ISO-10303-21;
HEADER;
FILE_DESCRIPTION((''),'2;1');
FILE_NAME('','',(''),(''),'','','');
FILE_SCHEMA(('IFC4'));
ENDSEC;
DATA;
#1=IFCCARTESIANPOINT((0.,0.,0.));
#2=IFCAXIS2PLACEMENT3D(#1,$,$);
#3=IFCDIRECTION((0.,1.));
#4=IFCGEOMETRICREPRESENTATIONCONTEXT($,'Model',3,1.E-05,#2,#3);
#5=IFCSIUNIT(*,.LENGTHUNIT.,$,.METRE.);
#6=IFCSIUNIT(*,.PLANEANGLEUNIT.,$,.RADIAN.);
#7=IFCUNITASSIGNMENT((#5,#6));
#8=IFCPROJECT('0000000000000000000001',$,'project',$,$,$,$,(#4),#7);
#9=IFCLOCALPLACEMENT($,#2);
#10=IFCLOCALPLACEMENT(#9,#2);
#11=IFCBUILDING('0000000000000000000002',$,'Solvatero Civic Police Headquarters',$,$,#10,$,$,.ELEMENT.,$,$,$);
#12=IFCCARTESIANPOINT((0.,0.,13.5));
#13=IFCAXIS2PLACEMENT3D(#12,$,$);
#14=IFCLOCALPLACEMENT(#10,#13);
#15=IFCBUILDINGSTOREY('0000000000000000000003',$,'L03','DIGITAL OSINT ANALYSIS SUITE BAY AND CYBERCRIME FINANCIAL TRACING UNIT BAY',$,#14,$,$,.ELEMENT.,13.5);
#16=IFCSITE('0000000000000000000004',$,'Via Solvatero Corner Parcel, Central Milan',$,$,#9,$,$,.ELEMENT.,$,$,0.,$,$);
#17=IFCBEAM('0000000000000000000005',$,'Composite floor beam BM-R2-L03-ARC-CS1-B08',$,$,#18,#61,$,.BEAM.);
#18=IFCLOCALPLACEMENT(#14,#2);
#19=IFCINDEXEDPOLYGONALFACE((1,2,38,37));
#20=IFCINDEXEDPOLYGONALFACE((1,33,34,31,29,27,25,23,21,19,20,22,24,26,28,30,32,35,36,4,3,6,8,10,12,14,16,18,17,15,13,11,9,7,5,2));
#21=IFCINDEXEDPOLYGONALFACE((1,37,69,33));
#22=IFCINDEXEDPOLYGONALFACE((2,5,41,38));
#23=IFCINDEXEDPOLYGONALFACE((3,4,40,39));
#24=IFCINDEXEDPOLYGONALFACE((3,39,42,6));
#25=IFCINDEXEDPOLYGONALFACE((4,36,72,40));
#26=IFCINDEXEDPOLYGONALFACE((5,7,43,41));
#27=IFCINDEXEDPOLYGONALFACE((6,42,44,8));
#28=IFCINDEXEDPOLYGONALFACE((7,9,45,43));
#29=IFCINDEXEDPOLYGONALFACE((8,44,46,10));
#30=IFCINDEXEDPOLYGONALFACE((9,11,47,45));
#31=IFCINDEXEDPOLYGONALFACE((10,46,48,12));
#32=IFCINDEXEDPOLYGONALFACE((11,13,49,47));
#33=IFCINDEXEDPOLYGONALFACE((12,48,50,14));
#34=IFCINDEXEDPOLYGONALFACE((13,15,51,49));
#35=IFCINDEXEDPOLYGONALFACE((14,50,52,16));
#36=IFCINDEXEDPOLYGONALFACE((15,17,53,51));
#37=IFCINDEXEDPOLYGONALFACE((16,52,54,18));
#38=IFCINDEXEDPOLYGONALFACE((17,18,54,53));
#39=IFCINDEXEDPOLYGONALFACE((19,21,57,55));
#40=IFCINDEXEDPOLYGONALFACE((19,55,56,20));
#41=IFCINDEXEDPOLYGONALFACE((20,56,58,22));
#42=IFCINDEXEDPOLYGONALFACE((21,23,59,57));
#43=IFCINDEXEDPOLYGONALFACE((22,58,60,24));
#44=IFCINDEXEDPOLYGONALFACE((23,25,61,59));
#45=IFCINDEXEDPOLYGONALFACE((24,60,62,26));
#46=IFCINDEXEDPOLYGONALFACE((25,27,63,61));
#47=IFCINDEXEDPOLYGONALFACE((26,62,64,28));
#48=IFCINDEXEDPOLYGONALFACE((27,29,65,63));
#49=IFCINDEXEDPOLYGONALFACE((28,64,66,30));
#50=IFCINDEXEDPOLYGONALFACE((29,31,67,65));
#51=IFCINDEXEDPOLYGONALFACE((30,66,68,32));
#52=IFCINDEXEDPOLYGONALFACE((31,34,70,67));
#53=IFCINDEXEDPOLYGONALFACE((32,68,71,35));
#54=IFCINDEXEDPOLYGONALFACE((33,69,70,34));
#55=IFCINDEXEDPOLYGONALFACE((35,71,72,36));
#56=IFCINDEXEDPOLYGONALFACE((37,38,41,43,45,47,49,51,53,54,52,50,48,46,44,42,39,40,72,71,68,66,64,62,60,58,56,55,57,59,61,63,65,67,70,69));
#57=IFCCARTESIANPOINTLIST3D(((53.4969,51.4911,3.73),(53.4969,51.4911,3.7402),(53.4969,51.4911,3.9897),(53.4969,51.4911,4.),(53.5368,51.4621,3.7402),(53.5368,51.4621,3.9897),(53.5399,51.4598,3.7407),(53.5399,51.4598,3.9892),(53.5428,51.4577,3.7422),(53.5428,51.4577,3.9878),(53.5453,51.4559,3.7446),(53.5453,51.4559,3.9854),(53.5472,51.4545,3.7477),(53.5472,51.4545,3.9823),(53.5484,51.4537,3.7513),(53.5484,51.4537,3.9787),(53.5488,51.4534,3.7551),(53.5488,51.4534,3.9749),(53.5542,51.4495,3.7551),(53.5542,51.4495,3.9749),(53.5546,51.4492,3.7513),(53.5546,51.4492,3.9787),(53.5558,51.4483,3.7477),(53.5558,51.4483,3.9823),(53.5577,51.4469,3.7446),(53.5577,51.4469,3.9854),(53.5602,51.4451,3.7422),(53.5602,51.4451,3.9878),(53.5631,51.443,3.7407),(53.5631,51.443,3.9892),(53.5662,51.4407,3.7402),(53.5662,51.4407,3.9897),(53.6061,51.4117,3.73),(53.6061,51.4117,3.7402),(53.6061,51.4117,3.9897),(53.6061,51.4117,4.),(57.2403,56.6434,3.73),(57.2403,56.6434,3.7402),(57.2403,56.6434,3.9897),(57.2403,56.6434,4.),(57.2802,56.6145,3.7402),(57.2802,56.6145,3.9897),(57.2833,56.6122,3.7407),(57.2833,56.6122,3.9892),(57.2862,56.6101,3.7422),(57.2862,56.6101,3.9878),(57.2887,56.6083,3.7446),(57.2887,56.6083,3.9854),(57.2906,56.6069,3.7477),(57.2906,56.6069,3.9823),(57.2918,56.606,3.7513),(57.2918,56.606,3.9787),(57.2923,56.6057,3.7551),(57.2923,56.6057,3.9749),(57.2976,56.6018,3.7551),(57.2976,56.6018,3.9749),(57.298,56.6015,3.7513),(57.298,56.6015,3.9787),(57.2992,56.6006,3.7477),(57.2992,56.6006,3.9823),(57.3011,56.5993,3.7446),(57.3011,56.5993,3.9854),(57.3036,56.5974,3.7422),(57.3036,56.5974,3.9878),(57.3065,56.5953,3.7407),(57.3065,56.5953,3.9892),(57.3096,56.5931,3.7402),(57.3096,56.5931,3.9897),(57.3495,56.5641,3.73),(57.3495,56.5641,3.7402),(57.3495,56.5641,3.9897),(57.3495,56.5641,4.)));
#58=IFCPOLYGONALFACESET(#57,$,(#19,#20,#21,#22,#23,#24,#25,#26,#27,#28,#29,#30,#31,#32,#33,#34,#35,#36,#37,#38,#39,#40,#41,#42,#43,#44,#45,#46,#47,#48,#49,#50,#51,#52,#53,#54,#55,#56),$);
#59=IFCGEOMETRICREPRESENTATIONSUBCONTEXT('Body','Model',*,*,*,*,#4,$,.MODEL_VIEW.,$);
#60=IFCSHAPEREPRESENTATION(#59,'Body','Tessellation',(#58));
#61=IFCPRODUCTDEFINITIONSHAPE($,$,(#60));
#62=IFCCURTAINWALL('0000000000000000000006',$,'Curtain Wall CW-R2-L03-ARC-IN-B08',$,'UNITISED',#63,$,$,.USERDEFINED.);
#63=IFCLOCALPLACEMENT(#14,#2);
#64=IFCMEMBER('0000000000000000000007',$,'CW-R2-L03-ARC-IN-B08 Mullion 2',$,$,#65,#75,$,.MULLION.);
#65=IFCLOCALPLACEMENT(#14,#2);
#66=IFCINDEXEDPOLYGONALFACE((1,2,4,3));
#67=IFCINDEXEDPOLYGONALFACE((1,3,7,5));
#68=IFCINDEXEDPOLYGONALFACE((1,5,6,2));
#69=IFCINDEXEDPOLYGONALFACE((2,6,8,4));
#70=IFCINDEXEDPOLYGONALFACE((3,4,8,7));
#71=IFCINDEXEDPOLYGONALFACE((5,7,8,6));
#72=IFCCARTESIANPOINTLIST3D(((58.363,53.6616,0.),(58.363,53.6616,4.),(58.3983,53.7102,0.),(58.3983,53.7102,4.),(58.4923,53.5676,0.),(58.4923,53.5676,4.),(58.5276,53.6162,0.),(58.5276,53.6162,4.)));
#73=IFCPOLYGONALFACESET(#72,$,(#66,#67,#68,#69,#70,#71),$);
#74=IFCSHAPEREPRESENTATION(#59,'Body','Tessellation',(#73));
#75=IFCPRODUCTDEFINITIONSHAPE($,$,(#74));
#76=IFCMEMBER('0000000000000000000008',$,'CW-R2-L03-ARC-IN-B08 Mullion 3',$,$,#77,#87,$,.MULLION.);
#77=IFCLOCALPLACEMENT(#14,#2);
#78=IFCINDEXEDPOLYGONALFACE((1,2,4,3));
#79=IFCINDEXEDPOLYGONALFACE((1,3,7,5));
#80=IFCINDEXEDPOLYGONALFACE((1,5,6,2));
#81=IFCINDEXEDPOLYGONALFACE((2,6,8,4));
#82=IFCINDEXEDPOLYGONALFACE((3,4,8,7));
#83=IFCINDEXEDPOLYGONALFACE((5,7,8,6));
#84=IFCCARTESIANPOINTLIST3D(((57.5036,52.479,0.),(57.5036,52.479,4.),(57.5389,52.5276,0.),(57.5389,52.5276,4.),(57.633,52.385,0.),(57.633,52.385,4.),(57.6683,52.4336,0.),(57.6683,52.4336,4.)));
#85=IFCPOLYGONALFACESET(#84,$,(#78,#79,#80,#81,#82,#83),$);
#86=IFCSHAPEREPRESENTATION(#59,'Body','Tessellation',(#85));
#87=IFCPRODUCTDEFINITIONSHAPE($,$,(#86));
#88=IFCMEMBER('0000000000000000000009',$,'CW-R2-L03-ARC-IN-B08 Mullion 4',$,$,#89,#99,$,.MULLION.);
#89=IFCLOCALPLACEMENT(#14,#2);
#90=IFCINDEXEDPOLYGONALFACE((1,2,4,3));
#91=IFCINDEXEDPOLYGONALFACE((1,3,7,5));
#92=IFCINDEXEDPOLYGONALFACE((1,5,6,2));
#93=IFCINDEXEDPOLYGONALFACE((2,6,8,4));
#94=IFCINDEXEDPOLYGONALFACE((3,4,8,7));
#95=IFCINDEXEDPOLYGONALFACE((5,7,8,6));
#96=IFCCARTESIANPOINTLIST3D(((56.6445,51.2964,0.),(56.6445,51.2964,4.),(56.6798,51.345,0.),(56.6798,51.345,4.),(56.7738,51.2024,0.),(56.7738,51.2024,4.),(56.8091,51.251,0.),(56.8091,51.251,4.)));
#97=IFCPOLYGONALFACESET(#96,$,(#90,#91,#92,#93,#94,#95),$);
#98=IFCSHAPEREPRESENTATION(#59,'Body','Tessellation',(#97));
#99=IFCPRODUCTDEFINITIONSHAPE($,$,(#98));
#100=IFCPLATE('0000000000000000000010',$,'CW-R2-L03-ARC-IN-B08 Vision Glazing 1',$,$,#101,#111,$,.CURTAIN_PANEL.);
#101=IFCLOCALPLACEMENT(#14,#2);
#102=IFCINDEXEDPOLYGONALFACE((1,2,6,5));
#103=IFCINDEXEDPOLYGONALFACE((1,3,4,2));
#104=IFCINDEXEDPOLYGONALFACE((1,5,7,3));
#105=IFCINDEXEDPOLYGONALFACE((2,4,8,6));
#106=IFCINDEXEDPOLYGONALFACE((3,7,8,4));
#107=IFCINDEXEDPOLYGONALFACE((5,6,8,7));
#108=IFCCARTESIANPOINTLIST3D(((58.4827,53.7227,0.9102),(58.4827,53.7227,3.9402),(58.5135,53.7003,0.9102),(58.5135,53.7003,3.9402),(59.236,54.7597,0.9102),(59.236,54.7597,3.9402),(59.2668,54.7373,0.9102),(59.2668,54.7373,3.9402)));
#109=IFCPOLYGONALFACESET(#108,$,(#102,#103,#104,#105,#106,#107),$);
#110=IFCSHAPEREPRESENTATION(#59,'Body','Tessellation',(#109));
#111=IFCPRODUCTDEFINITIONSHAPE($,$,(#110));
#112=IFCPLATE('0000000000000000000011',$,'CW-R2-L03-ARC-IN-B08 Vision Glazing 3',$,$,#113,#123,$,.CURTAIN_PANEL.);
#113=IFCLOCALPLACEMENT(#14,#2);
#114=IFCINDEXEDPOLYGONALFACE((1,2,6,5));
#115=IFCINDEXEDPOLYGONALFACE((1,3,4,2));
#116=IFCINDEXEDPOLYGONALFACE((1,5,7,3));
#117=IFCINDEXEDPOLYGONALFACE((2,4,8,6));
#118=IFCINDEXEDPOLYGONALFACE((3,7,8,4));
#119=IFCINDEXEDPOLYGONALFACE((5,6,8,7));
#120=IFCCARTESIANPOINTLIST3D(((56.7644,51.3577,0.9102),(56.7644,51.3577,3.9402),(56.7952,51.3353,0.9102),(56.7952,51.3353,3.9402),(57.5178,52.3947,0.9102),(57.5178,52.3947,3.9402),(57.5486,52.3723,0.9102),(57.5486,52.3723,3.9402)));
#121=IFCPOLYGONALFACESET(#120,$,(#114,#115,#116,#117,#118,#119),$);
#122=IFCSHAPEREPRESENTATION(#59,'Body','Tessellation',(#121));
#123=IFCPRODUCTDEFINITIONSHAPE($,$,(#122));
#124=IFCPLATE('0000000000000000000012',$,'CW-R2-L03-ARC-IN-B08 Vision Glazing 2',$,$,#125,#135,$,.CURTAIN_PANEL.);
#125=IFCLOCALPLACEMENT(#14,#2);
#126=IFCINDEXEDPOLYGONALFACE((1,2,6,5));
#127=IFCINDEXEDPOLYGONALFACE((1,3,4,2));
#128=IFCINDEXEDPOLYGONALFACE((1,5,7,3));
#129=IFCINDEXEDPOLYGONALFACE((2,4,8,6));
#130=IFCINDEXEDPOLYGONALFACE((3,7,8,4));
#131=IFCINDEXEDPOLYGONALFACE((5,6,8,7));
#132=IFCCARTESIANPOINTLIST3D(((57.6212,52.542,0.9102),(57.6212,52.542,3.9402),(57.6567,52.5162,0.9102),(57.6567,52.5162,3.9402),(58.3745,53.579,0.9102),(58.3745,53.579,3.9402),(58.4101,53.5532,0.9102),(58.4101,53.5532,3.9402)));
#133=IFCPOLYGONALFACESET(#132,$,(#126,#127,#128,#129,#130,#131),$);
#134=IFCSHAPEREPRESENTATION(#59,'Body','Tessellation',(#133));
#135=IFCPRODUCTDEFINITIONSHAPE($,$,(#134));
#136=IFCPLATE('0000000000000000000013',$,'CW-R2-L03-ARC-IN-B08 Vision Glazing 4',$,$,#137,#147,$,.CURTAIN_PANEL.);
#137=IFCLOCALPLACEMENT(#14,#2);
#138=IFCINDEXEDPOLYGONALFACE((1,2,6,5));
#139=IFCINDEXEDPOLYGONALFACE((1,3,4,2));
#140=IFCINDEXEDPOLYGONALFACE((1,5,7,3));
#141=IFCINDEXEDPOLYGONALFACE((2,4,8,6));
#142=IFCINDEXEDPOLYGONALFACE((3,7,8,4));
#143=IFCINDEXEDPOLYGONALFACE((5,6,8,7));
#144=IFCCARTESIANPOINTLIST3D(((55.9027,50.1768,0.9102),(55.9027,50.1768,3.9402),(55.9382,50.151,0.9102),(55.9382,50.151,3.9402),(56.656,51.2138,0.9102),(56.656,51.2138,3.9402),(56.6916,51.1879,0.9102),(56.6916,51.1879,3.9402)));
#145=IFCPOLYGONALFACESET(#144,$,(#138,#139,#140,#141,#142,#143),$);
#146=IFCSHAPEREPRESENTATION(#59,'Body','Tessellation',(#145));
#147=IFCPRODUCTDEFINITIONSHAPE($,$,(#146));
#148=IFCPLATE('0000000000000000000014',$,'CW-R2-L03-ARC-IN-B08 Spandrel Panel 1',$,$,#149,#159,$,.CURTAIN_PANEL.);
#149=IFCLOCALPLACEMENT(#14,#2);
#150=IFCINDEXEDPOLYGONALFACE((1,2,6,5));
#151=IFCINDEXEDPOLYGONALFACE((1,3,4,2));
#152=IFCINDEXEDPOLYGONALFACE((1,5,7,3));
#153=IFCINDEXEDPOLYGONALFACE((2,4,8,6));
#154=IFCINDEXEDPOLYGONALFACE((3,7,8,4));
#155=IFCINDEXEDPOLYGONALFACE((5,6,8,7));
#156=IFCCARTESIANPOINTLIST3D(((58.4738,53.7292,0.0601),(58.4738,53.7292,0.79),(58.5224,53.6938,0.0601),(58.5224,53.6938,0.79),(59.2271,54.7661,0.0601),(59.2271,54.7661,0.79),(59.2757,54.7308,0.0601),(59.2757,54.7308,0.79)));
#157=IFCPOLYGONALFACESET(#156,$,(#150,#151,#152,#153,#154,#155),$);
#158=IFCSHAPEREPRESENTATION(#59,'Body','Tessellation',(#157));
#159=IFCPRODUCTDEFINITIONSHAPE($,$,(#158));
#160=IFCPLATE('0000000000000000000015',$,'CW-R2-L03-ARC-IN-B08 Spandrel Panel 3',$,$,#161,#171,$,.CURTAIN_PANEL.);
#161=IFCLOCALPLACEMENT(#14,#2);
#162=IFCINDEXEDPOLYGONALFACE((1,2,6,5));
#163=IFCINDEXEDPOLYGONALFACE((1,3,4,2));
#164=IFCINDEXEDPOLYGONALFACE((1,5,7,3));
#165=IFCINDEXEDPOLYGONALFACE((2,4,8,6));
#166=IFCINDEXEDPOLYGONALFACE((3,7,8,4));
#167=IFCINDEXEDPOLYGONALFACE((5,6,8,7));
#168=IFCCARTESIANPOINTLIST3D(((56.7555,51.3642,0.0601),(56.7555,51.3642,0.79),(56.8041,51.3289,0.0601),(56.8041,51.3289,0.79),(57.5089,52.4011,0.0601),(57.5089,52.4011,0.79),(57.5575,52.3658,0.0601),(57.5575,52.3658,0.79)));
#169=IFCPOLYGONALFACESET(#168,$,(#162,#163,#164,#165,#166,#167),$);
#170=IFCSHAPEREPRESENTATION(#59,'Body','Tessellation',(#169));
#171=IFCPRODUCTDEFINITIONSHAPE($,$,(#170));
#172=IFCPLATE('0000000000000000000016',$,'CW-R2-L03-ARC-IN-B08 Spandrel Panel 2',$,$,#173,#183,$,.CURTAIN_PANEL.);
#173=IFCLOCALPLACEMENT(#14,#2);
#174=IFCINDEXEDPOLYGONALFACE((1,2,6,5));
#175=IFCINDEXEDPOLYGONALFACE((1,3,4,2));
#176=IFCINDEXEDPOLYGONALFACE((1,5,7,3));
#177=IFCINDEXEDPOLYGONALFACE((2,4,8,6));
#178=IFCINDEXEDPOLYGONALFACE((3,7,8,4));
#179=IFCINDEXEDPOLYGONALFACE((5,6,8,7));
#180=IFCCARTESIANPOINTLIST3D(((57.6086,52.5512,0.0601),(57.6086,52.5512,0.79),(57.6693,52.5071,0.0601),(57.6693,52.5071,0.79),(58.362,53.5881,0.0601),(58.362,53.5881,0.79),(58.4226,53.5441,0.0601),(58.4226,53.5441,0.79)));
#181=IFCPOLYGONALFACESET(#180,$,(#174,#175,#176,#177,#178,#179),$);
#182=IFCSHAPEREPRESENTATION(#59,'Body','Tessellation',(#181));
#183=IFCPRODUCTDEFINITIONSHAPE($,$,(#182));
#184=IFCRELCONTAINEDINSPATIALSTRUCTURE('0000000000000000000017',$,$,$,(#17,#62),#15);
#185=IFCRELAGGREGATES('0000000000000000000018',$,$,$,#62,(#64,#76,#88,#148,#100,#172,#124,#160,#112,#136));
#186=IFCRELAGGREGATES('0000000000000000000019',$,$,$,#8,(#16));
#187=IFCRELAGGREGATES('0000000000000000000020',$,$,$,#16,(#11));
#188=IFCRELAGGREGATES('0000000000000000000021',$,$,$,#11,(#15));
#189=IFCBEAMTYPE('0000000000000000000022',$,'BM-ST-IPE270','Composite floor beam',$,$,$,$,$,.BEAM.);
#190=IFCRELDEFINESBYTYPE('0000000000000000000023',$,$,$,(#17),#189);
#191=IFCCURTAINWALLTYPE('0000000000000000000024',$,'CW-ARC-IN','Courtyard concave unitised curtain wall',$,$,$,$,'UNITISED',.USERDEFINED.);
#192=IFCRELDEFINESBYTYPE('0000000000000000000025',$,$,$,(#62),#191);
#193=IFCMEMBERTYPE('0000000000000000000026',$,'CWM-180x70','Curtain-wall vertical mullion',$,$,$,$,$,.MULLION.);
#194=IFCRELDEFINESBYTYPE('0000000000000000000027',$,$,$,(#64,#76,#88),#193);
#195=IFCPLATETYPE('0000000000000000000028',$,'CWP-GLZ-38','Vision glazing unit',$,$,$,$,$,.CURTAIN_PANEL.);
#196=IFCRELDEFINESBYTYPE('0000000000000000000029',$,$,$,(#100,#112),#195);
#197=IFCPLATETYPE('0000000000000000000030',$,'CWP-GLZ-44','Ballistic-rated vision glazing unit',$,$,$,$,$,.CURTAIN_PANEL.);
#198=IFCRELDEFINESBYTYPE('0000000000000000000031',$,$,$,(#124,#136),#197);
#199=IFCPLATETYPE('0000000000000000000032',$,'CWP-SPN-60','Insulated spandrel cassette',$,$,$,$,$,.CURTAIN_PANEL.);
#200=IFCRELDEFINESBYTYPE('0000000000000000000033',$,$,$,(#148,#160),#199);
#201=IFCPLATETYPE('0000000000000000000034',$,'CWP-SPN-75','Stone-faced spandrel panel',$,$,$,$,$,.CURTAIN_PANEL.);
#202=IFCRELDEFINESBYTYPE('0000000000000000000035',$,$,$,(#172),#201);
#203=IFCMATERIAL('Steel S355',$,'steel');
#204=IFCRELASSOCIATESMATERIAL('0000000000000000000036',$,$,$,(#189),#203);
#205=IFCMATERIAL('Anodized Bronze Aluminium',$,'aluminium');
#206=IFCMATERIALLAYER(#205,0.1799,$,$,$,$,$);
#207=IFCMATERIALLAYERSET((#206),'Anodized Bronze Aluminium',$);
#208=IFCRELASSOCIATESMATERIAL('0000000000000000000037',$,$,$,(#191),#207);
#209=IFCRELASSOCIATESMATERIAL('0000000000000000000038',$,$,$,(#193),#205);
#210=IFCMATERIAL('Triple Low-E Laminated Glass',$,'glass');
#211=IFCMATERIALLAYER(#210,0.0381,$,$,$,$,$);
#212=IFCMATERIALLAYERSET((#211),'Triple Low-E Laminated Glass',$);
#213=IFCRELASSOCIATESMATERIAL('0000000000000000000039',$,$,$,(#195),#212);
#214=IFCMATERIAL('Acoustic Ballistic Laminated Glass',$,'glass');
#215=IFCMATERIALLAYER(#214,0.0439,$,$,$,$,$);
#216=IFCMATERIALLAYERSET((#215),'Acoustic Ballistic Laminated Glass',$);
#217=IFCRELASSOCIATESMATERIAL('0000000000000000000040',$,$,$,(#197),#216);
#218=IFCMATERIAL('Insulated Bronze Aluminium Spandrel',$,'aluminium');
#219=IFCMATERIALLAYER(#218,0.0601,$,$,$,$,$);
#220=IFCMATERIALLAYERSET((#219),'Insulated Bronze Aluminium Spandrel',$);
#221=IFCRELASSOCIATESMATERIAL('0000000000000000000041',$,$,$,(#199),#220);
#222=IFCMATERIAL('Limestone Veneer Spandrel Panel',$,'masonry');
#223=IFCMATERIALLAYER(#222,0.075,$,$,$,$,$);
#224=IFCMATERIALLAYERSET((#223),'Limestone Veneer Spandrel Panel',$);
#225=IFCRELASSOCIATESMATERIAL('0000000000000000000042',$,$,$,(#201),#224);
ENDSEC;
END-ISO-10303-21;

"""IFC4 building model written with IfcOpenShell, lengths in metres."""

from ifc_helpers import new_model, si_unit, direction, frame, origin, origin_2d, place, context, subcontext, project, spatial, rectangle, i_section, extrude, material, layer, layer_set, material_profile, profile_set, type_object, element, aggregate, save


model = new_model("IFC4")

# Units and contexts
model_context = context("Model", 3, precision=1e-05, world=origin(), true_north=direction((0.0, 1.0)))
body_context = subcontext(model_context, "Body", "Model", "MODEL_VIEW")
ifc_project = project(units=[si_unit("LENGTHUNIT", "METRE"), si_unit("PLANEANGLEUNIT", "RADIAN")], contexts=[model_context])

# Site, building, storey
site_placement = place(None, origin())
site = spatial("IfcSite", under=ifc_project, at=site_placement, Name="Via Solvatero Corner Parcel, Central Milan", CompositionType="ELEMENT", RefElevation=0.0)
building_placement = place(site_placement, origin())
building = spatial("IfcBuilding", under=site, at=building_placement, Name="Solvatero Civic Police Headquarters", CompositionType="ELEMENT")
storey_placement = place(building_placement, frame((0.0, 0.0, 13.5)))
storey = spatial("IfcBuildingStorey", under=building, at=storey_placement, Name="L03", Description="DIGITAL OSINT ANALYSIS SUITE BAY AND CYBERCRIME FINANCIAL TRACING UNIT BAY", CompositionType="ELEMENT", Elevation=13.5)

# Beam
ifc_material_1 = material(Name="Steel S355", Category="steel")
ifc_material_profile_1 = material_profile(ifc_material_1, i_section(OverallWidth=0.135, OverallDepth=0.27, WebThickness=0.0066, FlangeThickness=0.0103, FilletRadius=0.0149, at=origin_2d()), Name="IPE 270")
ifc_profile_set_1 = profile_set([ifc_material_profile_1], Name="Steel S355")
beam_type = type_object("IfcBeamType", Name="BM-ST-IPE270", Description="Composite floor beam", PredefinedType="BEAM", material=ifc_profile_set_1)
beam_placement = place(storey_placement, frame((57.2949, 56.6038, 3.865), z_axis=(-0.587786, -0.809016, 0.0), x_axis=(0.809016, -0.587786, 0.0)))
element("IfcBeam", 1, at=beam_placement, inside=storey, type_object=beam_type, Name="Composite floor beam BM-R2-L03-ARC-CS1-B08", PredefinedType="BEAM", context=body_context, shape_type="SweptSolid", body=[
    extrude(i_section(OverallWidth=0.135, OverallDepth=0.27, WebThickness=0.0066, FlangeThickness=0.0103, FilletRadius=0.0149, at=origin_2d()), origin(), (0.0, 0.0, 1.0), 6.3687),
])

# Curtain wall, members, plates
ifc_material_2 = material(Name="Anodized Bronze Aluminium", Category="aluminium")
ifc_layer_1 = layer(ifc_material_2, 0.1799)
ifc_layer_set_1 = layer_set([ifc_layer_1], Name="Anodized Bronze Aluminium")
curtain_wall_type = type_object("IfcCurtainWallType", Name="CW-ARC-IN", Description="Courtyard concave unitised curtain wall", ElementType="UNITISED", PredefinedType="USERDEFINED", material=ifc_layer_set_1)
curtain_wall_placement = place(storey_placement, origin())
curtain_wall = element("IfcCurtainWall", 2, at=curtain_wall_placement, inside=storey, type_object=curtain_wall_type, Name="Curtain Wall CW-R2-L03-ARC-IN-B08", ObjectType="UNITISED", PredefinedType="USERDEFINED")
ifc_material_profile_2 = material_profile(ifc_material_2, rectangle(XDim=0.0601, YDim=0.1599, at=origin_2d()), Name="ALU MULLION 60x160")
ifc_profile_set_2 = profile_set([ifc_material_profile_2], Name="Anodized Bronze Aluminium")
member_type = type_object("IfcMemberType", Name="CWM-180x70", Description="Curtain-wall vertical mullion", PredefinedType="MULLION", material=ifc_profile_set_2)
member_1_placement = place(storey_placement, frame((58.4453, 53.6389, 0.0), z_axis=(0.0, 0.0, 1.0), x_axis=(-0.587771, -0.809027, 0.0)))
member_1 = element("IfcMember", 3, at=member_1_placement, type_object=member_type, Name="CW-R2-L03-ARC-IN-B08 Mullion 2", PredefinedType="MULLION", context=body_context, shape_type="SweptSolid", body=[
    extrude(rectangle(XDim=0.0601, YDim=0.1599, at=origin_2d()), origin(), (0.0, 0.0, 1.0), 4.0),
])
member_2_placement = place(storey_placement, frame((57.5859, 52.4563, 0.0), z_axis=(0.0, 0.0, 1.0), x_axis=(-0.587771, -0.809027, 0.0)))
member_2 = element("IfcMember", 4, at=member_2_placement, type_object=member_type, Name="CW-R2-L03-ARC-IN-B08 Mullion 3", PredefinedType="MULLION", context=body_context, shape_type="SweptSolid", body=[
    extrude(rectangle(XDim=0.0601, YDim=0.1599, at=origin_2d()), origin(), (0.0, 0.0, 1.0), 4.0),
])
member_3_placement = place(storey_placement, frame((56.7268, 51.2737, 0.0), z_axis=(0.0, 0.0, 1.0), x_axis=(-0.587771, -0.809027, 0.0)))
member_3 = element("IfcMember", 5, at=member_3_placement, type_object=member_type, Name="CW-R2-L03-ARC-IN-B08 Mullion 4", PredefinedType="MULLION", context=body_context, shape_type="SweptSolid", body=[
    extrude(rectangle(XDim=0.0601, YDim=0.1599, at=origin_2d()), origin(), (0.0, 0.0, 1.0), 4.0),
])
ifc_material_3 = material(Name="Triple Low-E Laminated Glass", Category="glass")
ifc_layer_2 = layer(ifc_material_3, 0.0381)
ifc_layer_set_2 = layer_set([ifc_layer_2], Name="Triple Low-E Laminated Glass")
plate_type_1 = type_object("IfcPlateType", Name="CWP-GLZ-38", Description="Vision glazing unit", PredefinedType="CURTAIN_PANEL", material=ifc_layer_set_2)
plate_1_placement = place(storey_placement, frame((58.8748, 54.23, 0.9102), z_axis=(0.0, 0.0, 1.0), x_axis=(-0.587771, -0.809027, 0.0)))
plate_1 = element("IfcPlate", 6, at=plate_1_placement, type_object=plate_type_1, Name="CW-R2-L03-ARC-IN-B08 Vision Glazing 1", PredefinedType="CURTAIN_PANEL", context=body_context, shape_type="SweptSolid", body=[
    extrude(rectangle(XDim=1.2817, YDim=0.0381, at=origin_2d()), origin(), (0.0, 0.0, 1.0), 3.03),
])
plate_2_placement = place(storey_placement, frame((57.1565, 51.865, 0.9102), z_axis=(0.0, 0.0, 1.0), x_axis=(-0.587771, -0.809027, 0.0)))
plate_2 = element("IfcPlate", 7, at=plate_2_placement, type_object=plate_type_1, Name="CW-R2-L03-ARC-IN-B08 Vision Glazing 3", PredefinedType="CURTAIN_PANEL", context=body_context, shape_type="SweptSolid", body=[
    extrude(rectangle(XDim=1.2817, YDim=0.0381, at=origin_2d()), origin(), (0.0, 0.0, 1.0), 3.03),
])
ifc_material_4 = material(Name="Acoustic Ballistic Laminated Glass", Category="glass")
ifc_layer_3 = layer(ifc_material_4, 0.0439)
ifc_layer_set_3 = layer_set([ifc_layer_3], Name="Acoustic Ballistic Laminated Glass")
plate_type_2 = type_object("IfcPlateType", Name="CWP-GLZ-44", Description="Ballistic-rated vision glazing unit", PredefinedType="CURTAIN_PANEL", material=ifc_layer_set_3)
plate_3_placement = place(storey_placement, frame((58.0156, 53.0476, 0.9102), z_axis=(0.0, 0.0, 1.0), x_axis=(-0.587771, -0.809027, 0.0)))
plate_3 = element("IfcPlate", 8, at=plate_3_placement, type_object=plate_type_2, Name="CW-R2-L03-ARC-IN-B08 Vision Glazing 2", PredefinedType="CURTAIN_PANEL", context=body_context, shape_type="SweptSolid", body=[
    extrude(rectangle(XDim=1.2817, YDim=0.0439, at=origin_2d()), origin(), (0.0, 0.0, 1.0), 3.03),
])
plate_4_placement = place(storey_placement, frame((56.2971, 50.6824, 0.9102), z_axis=(0.0, 0.0, 1.0), x_axis=(-0.587771, -0.809027, 0.0)))
plate_4 = element("IfcPlate", 9, at=plate_4_placement, type_object=plate_type_2, Name="CW-R2-L03-ARC-IN-B08 Vision Glazing 4", PredefinedType="CURTAIN_PANEL", context=body_context, shape_type="SweptSolid", body=[
    extrude(rectangle(XDim=1.2817, YDim=0.0439, at=origin_2d()), origin(), (0.0, 0.0, 1.0), 3.03),
])
ifc_material_5 = material(Name="Insulated Bronze Aluminium Spandrel", Category="aluminium")
ifc_layer_4 = layer(ifc_material_5, 0.0601)
ifc_layer_set_4 = layer_set([ifc_layer_4], Name="Insulated Bronze Aluminium Spandrel")
plate_type_3 = type_object("IfcPlateType", Name="CWP-SPN-60", Description="Insulated spandrel cassette", PredefinedType="CURTAIN_PANEL", material=ifc_layer_set_4)
plate_5_placement = place(storey_placement, frame((58.8748, 54.23, 0.0601), z_axis=(0.0, 0.0, 1.0), x_axis=(-0.587771, -0.809027, 0.0)))
plate_5 = element("IfcPlate", 10, at=plate_5_placement, type_object=plate_type_3, Name="CW-R2-L03-ARC-IN-B08 Spandrel Panel 1", PredefinedType="CURTAIN_PANEL", context=body_context, shape_type="SweptSolid", body=[
    extrude(rectangle(XDim=1.2817, YDim=0.0601, at=origin_2d()), origin(), (0.0, 0.0, 1.0), 0.73),
])
plate_6_placement = place(storey_placement, frame((57.1565, 51.865, 0.0601), z_axis=(0.0, 0.0, 1.0), x_axis=(-0.587771, -0.809027, 0.0)))
plate_6 = element("IfcPlate", 11, at=plate_6_placement, type_object=plate_type_3, Name="CW-R2-L03-ARC-IN-B08 Spandrel Panel 3", PredefinedType="CURTAIN_PANEL", context=body_context, shape_type="SweptSolid", body=[
    extrude(rectangle(XDim=1.2817, YDim=0.0601, at=origin_2d()), origin(), (0.0, 0.0, 1.0), 0.73),
])
ifc_material_6 = material(Name="Limestone Veneer Spandrel Panel", Category="masonry")
ifc_layer_5 = layer(ifc_material_6, 0.075)
ifc_layer_set_5 = layer_set([ifc_layer_5], Name="Limestone Veneer Spandrel Panel")
plate_type_4 = type_object("IfcPlateType", Name="CWP-SPN-75", Description="Stone-faced spandrel panel", PredefinedType="CURTAIN_PANEL", material=ifc_layer_set_5)
plate_7_placement = place(storey_placement, frame((58.0156, 53.0476, 0.0601), z_axis=(0.0, 0.0, 1.0), x_axis=(-0.587771, -0.809027, 0.0)))
plate_7 = element("IfcPlate", 12, at=plate_7_placement, type_object=plate_type_4, Name="CW-R2-L03-ARC-IN-B08 Spandrel Panel 2", PredefinedType="CURTAIN_PANEL", context=body_context, shape_type="SweptSolid", body=[
    extrude(rectangle(XDim=1.2817, YDim=0.075, at=origin_2d()), origin(), (0.0, 0.0, 1.0), 0.73),
])
aggregate(curtain_wall, [member_1, member_2, member_3, plate_5, plate_1, plate_7, plate_3, plate_6, plate_2, plate_4])

save(model, "model.ifc")
